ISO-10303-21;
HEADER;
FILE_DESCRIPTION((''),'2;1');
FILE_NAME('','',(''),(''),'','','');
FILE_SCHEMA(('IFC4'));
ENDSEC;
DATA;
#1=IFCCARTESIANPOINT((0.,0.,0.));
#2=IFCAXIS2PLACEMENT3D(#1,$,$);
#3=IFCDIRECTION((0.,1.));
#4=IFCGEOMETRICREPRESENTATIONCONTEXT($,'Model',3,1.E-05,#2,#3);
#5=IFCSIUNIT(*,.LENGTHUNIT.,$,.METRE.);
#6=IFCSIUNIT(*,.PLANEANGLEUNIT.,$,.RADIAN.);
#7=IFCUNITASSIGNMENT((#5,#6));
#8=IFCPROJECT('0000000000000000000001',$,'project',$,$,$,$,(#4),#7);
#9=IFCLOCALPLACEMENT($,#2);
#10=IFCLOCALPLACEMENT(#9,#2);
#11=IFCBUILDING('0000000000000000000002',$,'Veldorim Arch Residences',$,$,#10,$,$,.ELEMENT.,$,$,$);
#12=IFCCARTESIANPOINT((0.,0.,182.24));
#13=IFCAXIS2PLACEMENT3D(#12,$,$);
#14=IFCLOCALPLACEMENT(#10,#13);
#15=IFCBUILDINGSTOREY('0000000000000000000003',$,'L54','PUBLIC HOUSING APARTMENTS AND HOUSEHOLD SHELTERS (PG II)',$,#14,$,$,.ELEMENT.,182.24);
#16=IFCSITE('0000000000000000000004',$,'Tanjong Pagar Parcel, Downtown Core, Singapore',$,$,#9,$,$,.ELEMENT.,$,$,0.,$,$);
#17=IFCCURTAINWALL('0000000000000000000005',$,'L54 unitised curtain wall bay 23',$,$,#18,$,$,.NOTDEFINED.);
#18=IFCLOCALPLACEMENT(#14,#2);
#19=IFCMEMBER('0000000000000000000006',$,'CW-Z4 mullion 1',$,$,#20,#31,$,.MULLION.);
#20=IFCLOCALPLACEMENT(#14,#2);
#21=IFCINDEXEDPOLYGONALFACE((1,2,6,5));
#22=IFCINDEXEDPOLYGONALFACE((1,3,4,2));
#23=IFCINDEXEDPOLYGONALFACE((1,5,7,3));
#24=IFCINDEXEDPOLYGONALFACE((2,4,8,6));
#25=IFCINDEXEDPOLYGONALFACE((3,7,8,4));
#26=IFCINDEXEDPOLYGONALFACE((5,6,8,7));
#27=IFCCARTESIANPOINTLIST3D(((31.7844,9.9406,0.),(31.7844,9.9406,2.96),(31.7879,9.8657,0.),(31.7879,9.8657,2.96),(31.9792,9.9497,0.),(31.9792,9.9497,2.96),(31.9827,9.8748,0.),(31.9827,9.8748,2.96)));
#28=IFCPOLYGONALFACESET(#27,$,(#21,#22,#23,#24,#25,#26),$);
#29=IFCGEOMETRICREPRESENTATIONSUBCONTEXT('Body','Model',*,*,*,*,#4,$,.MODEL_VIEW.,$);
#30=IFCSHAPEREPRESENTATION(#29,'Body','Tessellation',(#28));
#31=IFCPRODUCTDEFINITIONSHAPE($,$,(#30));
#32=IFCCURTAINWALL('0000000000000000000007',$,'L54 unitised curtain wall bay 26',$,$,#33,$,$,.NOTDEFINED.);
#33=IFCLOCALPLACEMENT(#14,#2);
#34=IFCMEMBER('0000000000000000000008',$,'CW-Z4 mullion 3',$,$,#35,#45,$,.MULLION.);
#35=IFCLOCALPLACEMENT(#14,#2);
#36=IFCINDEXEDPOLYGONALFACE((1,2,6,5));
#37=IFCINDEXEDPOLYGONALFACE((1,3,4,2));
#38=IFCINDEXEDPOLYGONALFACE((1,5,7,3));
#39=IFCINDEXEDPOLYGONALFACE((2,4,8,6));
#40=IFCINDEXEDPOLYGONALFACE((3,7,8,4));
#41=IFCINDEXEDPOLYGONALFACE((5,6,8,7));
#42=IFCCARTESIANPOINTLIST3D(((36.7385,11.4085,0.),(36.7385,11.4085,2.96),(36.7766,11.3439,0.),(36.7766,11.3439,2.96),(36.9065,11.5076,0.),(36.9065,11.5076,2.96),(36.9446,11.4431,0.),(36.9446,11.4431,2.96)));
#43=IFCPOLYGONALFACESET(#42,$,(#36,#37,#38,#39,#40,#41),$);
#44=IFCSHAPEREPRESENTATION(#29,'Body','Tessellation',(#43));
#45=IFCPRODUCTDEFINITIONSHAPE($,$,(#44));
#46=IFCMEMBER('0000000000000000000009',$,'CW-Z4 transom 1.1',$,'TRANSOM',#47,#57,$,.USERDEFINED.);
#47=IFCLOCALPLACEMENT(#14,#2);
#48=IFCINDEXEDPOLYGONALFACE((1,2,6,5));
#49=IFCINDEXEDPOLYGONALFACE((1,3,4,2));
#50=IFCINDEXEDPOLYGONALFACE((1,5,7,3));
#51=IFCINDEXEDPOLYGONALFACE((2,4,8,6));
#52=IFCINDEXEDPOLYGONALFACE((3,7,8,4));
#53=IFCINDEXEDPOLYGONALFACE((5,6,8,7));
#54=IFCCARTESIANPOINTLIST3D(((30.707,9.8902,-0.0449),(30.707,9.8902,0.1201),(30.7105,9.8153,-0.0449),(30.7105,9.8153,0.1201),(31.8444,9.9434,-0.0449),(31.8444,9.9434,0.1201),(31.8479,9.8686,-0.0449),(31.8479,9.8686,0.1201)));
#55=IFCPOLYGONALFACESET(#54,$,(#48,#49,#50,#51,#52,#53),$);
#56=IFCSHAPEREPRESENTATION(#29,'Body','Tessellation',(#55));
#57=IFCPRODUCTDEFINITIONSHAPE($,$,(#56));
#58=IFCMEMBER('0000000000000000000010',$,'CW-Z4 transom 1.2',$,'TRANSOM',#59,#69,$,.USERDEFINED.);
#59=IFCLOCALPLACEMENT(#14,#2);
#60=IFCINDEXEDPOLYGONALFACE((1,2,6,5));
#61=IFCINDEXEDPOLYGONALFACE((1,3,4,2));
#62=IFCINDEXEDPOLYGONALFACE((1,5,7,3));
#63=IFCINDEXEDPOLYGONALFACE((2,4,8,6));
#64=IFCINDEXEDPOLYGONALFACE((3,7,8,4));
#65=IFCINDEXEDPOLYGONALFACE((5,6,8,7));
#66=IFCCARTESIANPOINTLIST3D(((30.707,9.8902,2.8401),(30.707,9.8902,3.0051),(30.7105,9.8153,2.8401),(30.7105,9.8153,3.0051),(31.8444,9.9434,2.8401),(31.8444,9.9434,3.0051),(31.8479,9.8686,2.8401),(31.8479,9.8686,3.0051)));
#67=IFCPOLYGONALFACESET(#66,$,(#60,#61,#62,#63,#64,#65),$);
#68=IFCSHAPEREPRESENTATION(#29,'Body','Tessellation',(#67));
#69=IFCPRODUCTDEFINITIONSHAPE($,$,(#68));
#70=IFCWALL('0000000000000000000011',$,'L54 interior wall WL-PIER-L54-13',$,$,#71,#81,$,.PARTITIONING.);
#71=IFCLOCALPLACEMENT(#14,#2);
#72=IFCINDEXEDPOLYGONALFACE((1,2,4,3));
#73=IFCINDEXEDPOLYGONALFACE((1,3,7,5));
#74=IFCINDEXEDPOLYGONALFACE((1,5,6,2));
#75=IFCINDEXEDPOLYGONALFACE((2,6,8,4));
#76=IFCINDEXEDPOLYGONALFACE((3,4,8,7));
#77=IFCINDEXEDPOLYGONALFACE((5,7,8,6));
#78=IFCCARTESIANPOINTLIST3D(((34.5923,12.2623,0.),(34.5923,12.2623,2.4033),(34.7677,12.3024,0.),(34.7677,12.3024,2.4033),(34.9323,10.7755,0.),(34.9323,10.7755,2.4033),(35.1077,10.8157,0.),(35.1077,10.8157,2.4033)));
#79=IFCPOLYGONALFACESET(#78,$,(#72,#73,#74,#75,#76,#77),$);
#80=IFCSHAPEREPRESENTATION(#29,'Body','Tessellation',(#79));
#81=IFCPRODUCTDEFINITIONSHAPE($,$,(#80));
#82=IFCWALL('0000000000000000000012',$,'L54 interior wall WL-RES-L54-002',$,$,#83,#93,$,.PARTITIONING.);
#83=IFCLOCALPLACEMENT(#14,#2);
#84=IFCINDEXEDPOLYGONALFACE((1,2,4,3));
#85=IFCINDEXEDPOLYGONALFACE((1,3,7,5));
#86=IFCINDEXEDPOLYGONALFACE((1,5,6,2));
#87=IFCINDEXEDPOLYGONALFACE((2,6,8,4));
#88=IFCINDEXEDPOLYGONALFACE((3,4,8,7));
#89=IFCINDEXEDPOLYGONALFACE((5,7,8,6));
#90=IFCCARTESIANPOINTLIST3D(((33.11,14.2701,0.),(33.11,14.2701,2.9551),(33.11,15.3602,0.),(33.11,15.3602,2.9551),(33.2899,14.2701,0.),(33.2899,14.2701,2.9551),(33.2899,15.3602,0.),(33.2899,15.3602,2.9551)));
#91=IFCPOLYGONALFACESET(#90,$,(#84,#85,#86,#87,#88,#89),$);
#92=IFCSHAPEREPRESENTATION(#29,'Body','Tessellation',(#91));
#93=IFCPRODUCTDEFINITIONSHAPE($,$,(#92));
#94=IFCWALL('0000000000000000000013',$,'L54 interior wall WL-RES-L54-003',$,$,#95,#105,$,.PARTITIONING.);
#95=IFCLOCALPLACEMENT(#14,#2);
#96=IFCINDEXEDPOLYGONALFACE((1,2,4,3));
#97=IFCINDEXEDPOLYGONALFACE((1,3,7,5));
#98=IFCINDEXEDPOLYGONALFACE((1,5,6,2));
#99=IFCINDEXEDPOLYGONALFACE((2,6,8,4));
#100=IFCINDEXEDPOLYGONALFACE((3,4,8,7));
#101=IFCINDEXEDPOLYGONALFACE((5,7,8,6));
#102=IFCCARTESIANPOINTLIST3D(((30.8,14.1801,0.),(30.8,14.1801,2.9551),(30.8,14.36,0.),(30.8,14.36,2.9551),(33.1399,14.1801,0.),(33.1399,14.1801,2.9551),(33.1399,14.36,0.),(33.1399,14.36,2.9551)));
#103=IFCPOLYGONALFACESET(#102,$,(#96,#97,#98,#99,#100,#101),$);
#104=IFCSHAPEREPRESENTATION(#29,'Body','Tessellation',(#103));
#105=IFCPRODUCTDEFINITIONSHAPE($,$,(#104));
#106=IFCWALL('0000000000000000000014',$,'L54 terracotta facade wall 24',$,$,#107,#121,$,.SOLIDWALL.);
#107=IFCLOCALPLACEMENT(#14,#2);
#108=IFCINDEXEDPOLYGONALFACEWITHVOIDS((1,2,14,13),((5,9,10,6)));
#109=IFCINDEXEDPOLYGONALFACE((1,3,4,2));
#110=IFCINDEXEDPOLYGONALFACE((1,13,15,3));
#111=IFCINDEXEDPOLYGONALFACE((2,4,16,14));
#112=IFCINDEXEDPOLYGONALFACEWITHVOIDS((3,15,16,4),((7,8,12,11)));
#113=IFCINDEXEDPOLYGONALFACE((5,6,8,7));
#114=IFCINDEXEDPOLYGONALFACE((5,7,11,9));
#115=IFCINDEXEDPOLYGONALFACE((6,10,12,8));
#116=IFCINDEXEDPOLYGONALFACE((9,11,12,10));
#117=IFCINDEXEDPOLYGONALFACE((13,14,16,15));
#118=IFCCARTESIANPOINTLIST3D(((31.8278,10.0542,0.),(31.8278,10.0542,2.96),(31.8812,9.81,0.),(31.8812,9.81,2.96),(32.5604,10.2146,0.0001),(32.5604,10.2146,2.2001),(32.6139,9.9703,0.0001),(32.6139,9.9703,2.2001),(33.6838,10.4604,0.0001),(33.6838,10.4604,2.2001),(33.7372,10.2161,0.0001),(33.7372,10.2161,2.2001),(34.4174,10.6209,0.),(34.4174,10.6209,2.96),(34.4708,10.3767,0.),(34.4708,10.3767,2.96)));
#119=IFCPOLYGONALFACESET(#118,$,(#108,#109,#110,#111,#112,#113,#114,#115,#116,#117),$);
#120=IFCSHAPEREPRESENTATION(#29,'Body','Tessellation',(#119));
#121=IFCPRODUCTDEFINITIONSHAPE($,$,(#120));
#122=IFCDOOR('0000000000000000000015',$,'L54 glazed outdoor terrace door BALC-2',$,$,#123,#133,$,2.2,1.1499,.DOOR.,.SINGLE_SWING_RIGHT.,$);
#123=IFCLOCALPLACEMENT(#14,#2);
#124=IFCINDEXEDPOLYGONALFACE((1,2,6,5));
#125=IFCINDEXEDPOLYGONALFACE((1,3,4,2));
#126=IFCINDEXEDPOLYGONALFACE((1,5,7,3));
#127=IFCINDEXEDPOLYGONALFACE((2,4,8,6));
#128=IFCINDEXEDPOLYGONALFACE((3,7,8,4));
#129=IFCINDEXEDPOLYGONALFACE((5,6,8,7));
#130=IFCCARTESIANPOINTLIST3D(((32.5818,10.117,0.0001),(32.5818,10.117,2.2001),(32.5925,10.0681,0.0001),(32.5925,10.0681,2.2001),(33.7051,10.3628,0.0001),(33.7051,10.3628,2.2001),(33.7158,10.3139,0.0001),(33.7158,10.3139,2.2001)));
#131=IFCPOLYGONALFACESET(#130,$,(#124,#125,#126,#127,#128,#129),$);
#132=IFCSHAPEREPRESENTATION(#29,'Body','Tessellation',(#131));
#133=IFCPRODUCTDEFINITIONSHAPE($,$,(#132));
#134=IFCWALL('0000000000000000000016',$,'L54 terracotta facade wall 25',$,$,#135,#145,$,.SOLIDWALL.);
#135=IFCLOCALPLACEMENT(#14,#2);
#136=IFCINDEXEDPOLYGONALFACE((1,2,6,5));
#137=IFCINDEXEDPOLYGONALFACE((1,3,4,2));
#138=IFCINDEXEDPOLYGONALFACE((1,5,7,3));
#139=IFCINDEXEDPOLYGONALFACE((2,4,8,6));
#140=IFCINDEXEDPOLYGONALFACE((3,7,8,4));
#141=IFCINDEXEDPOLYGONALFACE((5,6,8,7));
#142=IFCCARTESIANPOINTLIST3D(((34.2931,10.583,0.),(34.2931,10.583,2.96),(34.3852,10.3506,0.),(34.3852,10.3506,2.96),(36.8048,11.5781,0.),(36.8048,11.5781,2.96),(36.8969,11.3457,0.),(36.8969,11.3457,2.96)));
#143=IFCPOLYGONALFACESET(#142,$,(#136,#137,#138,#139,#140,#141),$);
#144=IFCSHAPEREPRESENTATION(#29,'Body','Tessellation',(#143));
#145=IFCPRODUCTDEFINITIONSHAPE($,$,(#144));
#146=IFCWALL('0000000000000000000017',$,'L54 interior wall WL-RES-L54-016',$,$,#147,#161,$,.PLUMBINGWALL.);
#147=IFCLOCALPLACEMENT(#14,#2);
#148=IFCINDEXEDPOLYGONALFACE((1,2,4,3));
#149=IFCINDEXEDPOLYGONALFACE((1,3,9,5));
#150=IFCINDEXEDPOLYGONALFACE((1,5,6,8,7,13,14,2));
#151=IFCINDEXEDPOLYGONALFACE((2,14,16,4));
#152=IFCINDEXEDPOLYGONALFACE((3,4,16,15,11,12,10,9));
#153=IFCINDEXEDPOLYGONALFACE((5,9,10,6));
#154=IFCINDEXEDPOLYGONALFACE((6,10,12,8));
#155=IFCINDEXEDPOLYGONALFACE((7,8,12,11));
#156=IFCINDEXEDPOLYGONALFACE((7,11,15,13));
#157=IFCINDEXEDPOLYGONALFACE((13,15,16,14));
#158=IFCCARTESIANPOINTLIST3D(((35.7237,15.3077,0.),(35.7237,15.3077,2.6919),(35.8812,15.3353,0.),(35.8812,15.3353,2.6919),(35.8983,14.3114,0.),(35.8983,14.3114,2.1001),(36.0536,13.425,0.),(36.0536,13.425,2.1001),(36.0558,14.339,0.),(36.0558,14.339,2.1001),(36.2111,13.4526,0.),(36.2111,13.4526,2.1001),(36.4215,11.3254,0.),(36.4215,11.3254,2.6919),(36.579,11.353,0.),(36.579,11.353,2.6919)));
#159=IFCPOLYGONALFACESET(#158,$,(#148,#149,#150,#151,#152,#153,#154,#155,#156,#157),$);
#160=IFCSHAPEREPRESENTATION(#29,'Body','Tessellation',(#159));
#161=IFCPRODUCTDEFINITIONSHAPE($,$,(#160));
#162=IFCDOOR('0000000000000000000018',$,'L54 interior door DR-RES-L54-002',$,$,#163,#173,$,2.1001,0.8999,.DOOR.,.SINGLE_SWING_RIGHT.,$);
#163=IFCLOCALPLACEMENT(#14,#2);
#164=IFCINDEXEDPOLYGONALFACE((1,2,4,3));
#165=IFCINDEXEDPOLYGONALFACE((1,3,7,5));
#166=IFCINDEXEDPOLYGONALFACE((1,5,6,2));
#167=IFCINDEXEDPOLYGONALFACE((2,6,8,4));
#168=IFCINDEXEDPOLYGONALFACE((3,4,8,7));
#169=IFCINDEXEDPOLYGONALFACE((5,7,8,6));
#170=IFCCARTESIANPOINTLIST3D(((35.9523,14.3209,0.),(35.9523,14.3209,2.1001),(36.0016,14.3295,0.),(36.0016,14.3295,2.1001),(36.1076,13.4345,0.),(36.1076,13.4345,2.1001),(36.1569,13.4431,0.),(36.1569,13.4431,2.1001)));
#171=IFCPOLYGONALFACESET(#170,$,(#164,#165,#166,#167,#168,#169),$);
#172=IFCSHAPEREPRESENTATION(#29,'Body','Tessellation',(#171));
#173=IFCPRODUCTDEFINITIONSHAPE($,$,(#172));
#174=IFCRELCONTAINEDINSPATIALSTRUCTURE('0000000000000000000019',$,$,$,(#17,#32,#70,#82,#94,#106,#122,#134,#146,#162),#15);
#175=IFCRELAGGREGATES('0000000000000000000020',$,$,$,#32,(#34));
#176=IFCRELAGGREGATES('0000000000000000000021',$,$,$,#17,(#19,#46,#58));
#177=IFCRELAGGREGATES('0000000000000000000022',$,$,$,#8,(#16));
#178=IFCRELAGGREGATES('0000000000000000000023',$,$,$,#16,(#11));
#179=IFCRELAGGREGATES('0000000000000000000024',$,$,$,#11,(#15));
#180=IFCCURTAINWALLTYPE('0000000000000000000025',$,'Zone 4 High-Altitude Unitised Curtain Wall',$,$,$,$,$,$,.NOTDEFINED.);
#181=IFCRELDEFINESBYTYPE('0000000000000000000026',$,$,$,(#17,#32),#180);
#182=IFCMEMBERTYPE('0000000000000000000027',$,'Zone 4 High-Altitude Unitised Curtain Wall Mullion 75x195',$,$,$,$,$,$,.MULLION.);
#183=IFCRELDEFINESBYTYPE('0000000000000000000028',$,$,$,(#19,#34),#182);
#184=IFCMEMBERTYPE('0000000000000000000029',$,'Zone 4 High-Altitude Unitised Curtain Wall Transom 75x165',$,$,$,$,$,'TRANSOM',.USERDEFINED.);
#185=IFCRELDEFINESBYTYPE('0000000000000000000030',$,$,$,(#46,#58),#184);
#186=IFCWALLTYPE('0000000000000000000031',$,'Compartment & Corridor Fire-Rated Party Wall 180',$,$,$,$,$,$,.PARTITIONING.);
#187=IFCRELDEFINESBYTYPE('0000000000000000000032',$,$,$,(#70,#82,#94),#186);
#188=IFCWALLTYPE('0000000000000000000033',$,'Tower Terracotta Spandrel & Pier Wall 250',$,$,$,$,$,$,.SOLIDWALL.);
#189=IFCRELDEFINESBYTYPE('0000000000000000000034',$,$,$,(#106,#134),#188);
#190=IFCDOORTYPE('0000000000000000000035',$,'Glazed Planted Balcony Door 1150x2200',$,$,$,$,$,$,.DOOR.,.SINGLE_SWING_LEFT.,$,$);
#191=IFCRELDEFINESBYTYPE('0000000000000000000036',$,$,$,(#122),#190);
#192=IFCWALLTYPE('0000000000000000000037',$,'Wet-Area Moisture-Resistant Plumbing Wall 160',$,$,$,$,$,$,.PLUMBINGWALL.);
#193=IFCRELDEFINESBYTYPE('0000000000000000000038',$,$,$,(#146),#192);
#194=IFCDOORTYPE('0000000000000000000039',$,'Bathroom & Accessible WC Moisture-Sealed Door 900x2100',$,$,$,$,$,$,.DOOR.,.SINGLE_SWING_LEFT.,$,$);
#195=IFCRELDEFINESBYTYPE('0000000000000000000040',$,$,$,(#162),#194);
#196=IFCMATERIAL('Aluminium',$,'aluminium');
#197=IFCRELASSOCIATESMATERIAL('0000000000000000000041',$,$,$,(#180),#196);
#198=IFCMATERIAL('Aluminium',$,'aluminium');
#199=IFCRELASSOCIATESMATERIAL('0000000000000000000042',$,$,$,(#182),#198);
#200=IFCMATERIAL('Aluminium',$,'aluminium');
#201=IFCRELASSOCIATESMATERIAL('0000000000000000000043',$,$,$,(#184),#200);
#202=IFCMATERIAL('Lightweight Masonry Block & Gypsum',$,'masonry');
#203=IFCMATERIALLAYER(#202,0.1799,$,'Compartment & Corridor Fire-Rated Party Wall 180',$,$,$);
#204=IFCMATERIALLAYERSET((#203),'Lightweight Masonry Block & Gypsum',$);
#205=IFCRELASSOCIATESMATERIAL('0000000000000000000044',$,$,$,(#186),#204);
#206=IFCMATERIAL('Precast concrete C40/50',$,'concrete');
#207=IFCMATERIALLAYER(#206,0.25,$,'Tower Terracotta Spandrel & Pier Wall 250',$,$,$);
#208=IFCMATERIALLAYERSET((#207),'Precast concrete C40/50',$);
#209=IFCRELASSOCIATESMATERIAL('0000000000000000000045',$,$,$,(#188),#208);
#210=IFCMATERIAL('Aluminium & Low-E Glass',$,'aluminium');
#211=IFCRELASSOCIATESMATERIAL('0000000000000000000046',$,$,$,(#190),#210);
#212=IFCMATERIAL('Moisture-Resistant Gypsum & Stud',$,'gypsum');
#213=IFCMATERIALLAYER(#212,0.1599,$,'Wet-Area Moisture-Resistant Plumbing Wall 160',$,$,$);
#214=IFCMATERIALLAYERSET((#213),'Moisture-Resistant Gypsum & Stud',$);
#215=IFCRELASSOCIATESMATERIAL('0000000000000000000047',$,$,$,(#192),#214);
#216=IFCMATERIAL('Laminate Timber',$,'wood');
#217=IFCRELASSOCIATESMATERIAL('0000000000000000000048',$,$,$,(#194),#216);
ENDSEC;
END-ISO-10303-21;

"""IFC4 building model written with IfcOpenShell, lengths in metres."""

from ifc_helpers import new_model, si_unit, direction, frame, frame_2d, origin, origin_2d, place, context, subcontext, project, spatial, rectangle, extrude, material, layer, layer_set, material_profile, profile_set, type_object, element, fill, aggregate, save


model = new_model("IFC4")

# Units and contexts
model_context = context("Model", 3, precision=1e-05, world=origin(), true_north=direction((0.0, 1.0)))
body_context = subcontext(model_context, "Body", "Model", "MODEL_VIEW")
ifc_project = project(units=[si_unit("LENGTHUNIT", "METRE"), si_unit("PLANEANGLEUNIT", "RADIAN")], contexts=[model_context])

# Site, building, storey
site_placement = place(None, origin())
site = spatial("IfcSite", under=ifc_project, at=site_placement, Name="Tanjong Pagar Parcel, Downtown Core, Singapore", CompositionType="ELEMENT", RefElevation=0.0)
building_placement = place(site_placement, origin())
building = spatial("IfcBuilding", under=site, at=building_placement, Name="Veldorim Arch Residences", CompositionType="ELEMENT")
storey_placement = place(building_placement, frame((0.0, 0.0, 182.24)))
storey = spatial("IfcBuildingStorey", under=building, at=storey_placement, Name="L54", Description="PUBLIC HOUSING APARTMENTS AND HOUSEHOLD SHELTERS (PG II)", CompositionType="ELEMENT", Elevation=182.24)

# Curtain walls, members
ifc_material_1 = material(Name="Aluminium", Category="aluminium")
curtain_wall_type = type_object("IfcCurtainWallType", Name="Zone 4 High-Altitude Unitised Curtain Wall", PredefinedType="NOTDEFINED", material=ifc_material_1)
curtain_wall_1_placement = place(storey_placement, origin())
curtain_wall_1 = element("IfcCurtainWall", 1, at=curtain_wall_1_placement, inside=storey, type_object=curtain_wall_type, Name="L54 unitised curtain wall bay 23", PredefinedType="NOTDEFINED")
ifc_material_2 = material(Name="Aluminium", Category="aluminium")
ifc_material_profile_1 = material_profile(ifc_material_2, rectangle(XDim=0.075, YDim=0.1951, at=origin_2d()), Name="ALU_MUL_75x195")
ifc_profile_set_1 = profile_set([ifc_material_profile_1], Name="Aluminium")
member_type_1 = type_object("IfcMemberType", Name="Zone 4 High-Altitude Unitised Curtain Wall Mullion 75x195", PredefinedType="MULLION", material=ifc_profile_set_1)
member_1_placement = place(storey_placement, frame((31.8835, 9.9077, 0.0), z_axis=(0.0, 0.0, 1.0), x_axis=(0.046678, -0.99891, 0.0)))
member_1 = element("IfcMember", 2, at=member_1_placement, type_object=member_type_1, Name="CW-Z4 mullion 1", PredefinedType="MULLION", context=body_context, shape_type="SweptSolid", body=[
    extrude(rectangle(XDim=0.075, YDim=0.1951, at=origin_2d()), origin(), (0.0, 0.0, 1.0), 2.96),
])
curtain_wall_2_placement = place(storey_placement, origin())
curtain_wall_2 = element("IfcCurtainWall", 3, at=curtain_wall_2_placement, inside=storey, type_object=curtain_wall_type, Name="L54 unitised curtain wall bay 26", PredefinedType="NOTDEFINED")
member_2_placement = place(storey_placement, frame((36.8416, 11.4258, 0.0), z_axis=(0.0, 0.0, 1.0), x_axis=(0.508514, -0.861054, 0.0)))
member_2 = element("IfcMember", 4, at=member_2_placement, type_object=member_type_1, Name="CW-Z4 mullion 3", PredefinedType="MULLION", context=body_context, shape_type="SweptSolid", body=[
    extrude(rectangle(XDim=0.075, YDim=0.1951, at=origin_2d()), origin(), (0.0, 0.0, 1.0), 2.96),
])
aggregate(curtain_wall_2, [member_2])

# Members
ifc_material_3 = material(Name="Aluminium", Category="aluminium")
ifc_material_profile_2 = material_profile(ifc_material_3, rectangle(XDim=0.075, YDim=0.165, at=origin_2d()), Name="ALU_TRN_75x165")
ifc_profile_set_2 = profile_set([ifc_material_profile_2], Name="Aluminium")
member_type_2 = type_object("IfcMemberType", Name="Zone 4 High-Altitude Unitised Curtain Wall Transom 75x165", ElementType="TRANSOM", PredefinedType="USERDEFINED", material=ifc_profile_set_2)
member_3_placement = place(storey_placement, frame((31.8462, 9.906, 0.0376), z_axis=(-0.998907, -0.04674, 0.0), x_axis=(0.04674, -0.998907, 0.0)))
member_3 = element("IfcMember", 5, at=member_3_placement, type_object=member_type_2, Name="CW-Z4 transom 1.1", ObjectType="TRANSOM", PredefinedType="USERDEFINED", context=body_context, shape_type="SweptSolid", body=[
    extrude(rectangle(XDim=0.075, YDim=0.165, at=origin_2d()), origin(), (0.0, 0.0, 1.0), 1.1387),
])
member_4_placement = place(storey_placement, frame((31.8462, 9.906, 2.9226), z_axis=(-0.998907, -0.04674, 0.0), x_axis=(0.04674, -0.998907, 0.0)))
member_4 = element("IfcMember", 6, at=member_4_placement, type_object=member_type_2, Name="CW-Z4 transom 1.2", ObjectType="TRANSOM", PredefinedType="USERDEFINED", context=body_context, shape_type="SweptSolid", body=[
    extrude(rectangle(XDim=0.075, YDim=0.165, at=origin_2d()), origin(), (0.0, 0.0, 1.0), 1.1387),
])
aggregate(curtain_wall_1, [member_1, member_3, member_4])

# Walls
ifc_material_4 = material(Name="Lightweight Masonry Block & Gypsum", Category="masonry")
ifc_layer_1 = layer(ifc_material_4, 0.1799, Name="Compartment & Corridor Fire-Rated Party Wall 180")
ifc_layer_set_1 = layer_set([ifc_layer_1], Name="Lightweight Masonry Block & Gypsum")
wall_type_1 = type_object("IfcWallType", Name="Compartment & Corridor Fire-Rated Party Wall 180", PredefinedType="PARTITIONING", material=ifc_layer_set_1)
wall_1_placement = place(storey_placement, frame((34.6799, 12.2825, 0.0), z_axis=(0.0, 0.0, 1.0), x_axis=(0.222977, -0.974824, 0.0)))
element("IfcWall", 7, at=wall_1_placement, inside=storey, type_object=wall_type_1, Name="L54 interior wall WL-PIER-L54-13", PredefinedType="PARTITIONING", context=body_context, shape_type="SweptSolid", body=[
    extrude(rectangle(XDim=1.5251, YDim=0.1799, at=frame_2d((0.7627, 0.0))), origin(), (0.0, 0.0, 1.0), 2.4033),
])
wall_2_placement = place(storey_placement, frame((33.2, 15.3601, 0.0), z_axis=(0.0, 0.0, 1.0), x_axis=(0.0, -1.0, 0.0)))
element("IfcWall", 8, at=wall_2_placement, inside=storey, type_object=wall_type_1, Name="L54 interior wall WL-RES-L54-002", PredefinedType="PARTITIONING", context=body_context, shape_type="SweptSolid", body=[
    extrude(rectangle(XDim=1.0901, YDim=0.1799, at=frame_2d((0.5449, 0.0))), origin(), (0.0, 0.0, 1.0), 2.9551),
])
wall_3_placement = place(storey_placement, frame((33.1399, 14.27, 0.0), z_axis=(0.0, 0.0, 1.0), x_axis=(-1.0, 0.0, 0.0)))
element("IfcWall", 9, at=wall_3_placement, inside=storey, type_object=wall_type_1, Name="L54 interior wall WL-RES-L54-003", PredefinedType="PARTITIONING", context=body_context, shape_type="SweptSolid", body=[
    extrude(rectangle(XDim=2.3398, YDim=0.1799, at=frame_2d((1.1699, 0.0))), origin(), (0.0, 0.0, 1.0), 2.9551),
])

# Wall, opening, door
ifc_material_5 = material(Name="Precast concrete C40/50", Category="concrete")
ifc_layer_2 = layer(ifc_material_5, 0.25, Name="Tower Terracotta Spandrel & Pier Wall 250")
ifc_layer_set_2 = layer_set([ifc_layer_2], Name="Precast concrete C40/50")
wall_type_2 = type_object("IfcWallType", Name="Tower Terracotta Spandrel & Pier Wall 250", PredefinedType="SOLIDWALL", material=ifc_layer_set_2)
wall_4_placement = place(storey_placement, frame((34.4441, 10.4988, 0.0), z_axis=(0.0, 0.0, 1.0), x_axis=(-0.976886, -0.21376, 0.0)))
wall_4 = element("IfcWall", 10, at=wall_4_placement, inside=storey, type_object=wall_type_2, Name="L54 terracotta facade wall 24", PredefinedType="SOLIDWALL", context=body_context, shape_type="SweptSolid", body=[
    extrude(rectangle(XDim=2.6509, YDim=0.25, at=frame_2d((1.3254, 0.0))), origin(), (0.0, 0.0, 1.0), 2.96),
])
opening_1_placement = place(wall_4_placement, frame((0.751, 0.0, 0.0)))
opening_1 = element("IfcOpeningElement", 11, at=opening_1_placement, cuts=wall_4, PredefinedType="OPENING", context=body_context, shape_type="SweptSolid", body=[
    extrude(rectangle(XDim=1.1499, YDim=2.2, at=frame_2d((0.575, 1.1001))), frame((0.0, 0.135, 0.0), z_axis=(0.0, -1.0, 0.0), x_axis=(1.0, 0.0, 0.0)), (0.0, 0.0, 1.0), 0.27),
])
ifc_material_6 = material(Name="Aluminium & Low-E Glass", Category="aluminium")
door_type_1 = type_object("IfcDoorType", Name="Glazed Planted Balcony Door 1150x2200", OperationType="SINGLE_SWING_LEFT", PredefinedType="DOOR", material=ifc_material_6)
door_1_placement = place(opening_1_placement, origin())
door_1 = element("IfcDoor", 12, at=door_1_placement, inside=storey, type_object=door_type_1, Name="L54 glazed outdoor terrace door BALC-2", OperationType="SINGLE_SWING_RIGHT", OverallHeight=2.2, OverallWidth=1.1499, PredefinedType="DOOR", context=body_context, shape_type="SweptSolid", body=[
    extrude(rectangle(XDim=1.1499, YDim=2.2, at=frame_2d((0.575, 1.1001))), frame((0.0, 0.0249, 0.0), z_axis=(0.0, -1.0, 0.0), x_axis=(1.0, 0.0, 0.0)), (0.0, 0.0, 1.0), 0.05),
])
fill(opening_1, door_1)

# Wall
wall_5_placement = place(storey_placement, frame((36.8508, 11.4619, 0.0), z_axis=(0.0, 0.0, 1.0), x_axis=(-0.929693, -0.368335, 0.0)))
element("IfcWall", 13, at=wall_5_placement, inside=storey, type_object=wall_type_2, Name="L54 terracotta facade wall 25", PredefinedType="SOLIDWALL", context=body_context, shape_type="SweptSolid", body=[
    extrude(rectangle(XDim=2.7017, YDim=0.25, at=frame_2d((1.3508, 0.0))), origin(), (0.0, 0.0, 1.0), 2.96),
])

# Wall, opening, door
ifc_material_7 = material(Name="Moisture-Resistant Gypsum & Stud", Category="gypsum")
ifc_layer_3 = layer(ifc_material_7, 0.1599, Name="Wet-Area Moisture-Resistant Plumbing Wall 160")
ifc_layer_set_3 = layer_set([ifc_layer_3], Name="Moisture-Resistant Gypsum & Stud")
wall_type_3 = type_object("IfcWallType", Name="Wet-Area Moisture-Resistant Plumbing Wall 160", PredefinedType="PLUMBINGWALL", material=ifc_layer_set_3)
wall_6_placement = place(storey_placement, frame((35.8025, 15.3215, 0.0), z_axis=(0.0, 0.0, 1.0), x_axis=(0.17258, -0.984996, 0.0)))
wall_6 = element("IfcWall", 14, at=wall_6_placement, inside=storey, type_object=wall_type_3, Name="L54 interior wall WL-RES-L54-016", PredefinedType="PLUMBINGWALL", context=body_context, shape_type="SweptSolid", body=[
    extrude(rectangle(XDim=4.043, YDim=0.1599, at=frame_2d((2.0215, 0.0))), origin(), (0.0, 0.0, 1.0), 2.6919),
])
opening_2_placement = place(wall_6_placement, frame((1.0115, 0.0, 0.0)))
opening_2 = element("IfcOpeningElement", 15, at=opening_2_placement, cuts=wall_6, PredefinedType="OPENING", context=body_context, shape_type="SweptSolid", body=[
    extrude(rectangle(XDim=0.8999, YDim=2.1001, at=frame_2d((0.45, 1.05))), frame((0.0, 0.0898, 0.0), z_axis=(0.0, -1.0, 0.0), x_axis=(1.0, 0.0, 0.0)), (0.0, 0.0, 1.0), 0.1799),
])
ifc_material_8 = material(Name="Laminate Timber", Category="wood")
door_type_2 = type_object("IfcDoorType", Name="Bathroom & Accessible WC Moisture-Sealed Door 900x2100", OperationType="SINGLE_SWING_LEFT", PredefinedType="DOOR", material=ifc_material_8)
door_2_placement = place(opening_2_placement, origin())
door_2 = element("IfcDoor", 16, at=door_2_placement, inside=storey, type_object=door_type_2, Name="L54 interior door DR-RES-L54-002", OperationType="SINGLE_SWING_RIGHT", OverallHeight=2.1001, OverallWidth=0.8999, PredefinedType="DOOR", context=body_context, shape_type="SweptSolid", body=[
    extrude(rectangle(XDim=0.8999, YDim=2.1001, at=frame_2d((0.45, 1.05))), frame((0.0, 0.0249, 0.0), z_axis=(0.0, -1.0, 0.0), x_axis=(1.0, 0.0, 0.0)), (0.0, 0.0, 1.0), 0.05),
])
fill(opening_2, door_2)

save(model, "model.ifc")
